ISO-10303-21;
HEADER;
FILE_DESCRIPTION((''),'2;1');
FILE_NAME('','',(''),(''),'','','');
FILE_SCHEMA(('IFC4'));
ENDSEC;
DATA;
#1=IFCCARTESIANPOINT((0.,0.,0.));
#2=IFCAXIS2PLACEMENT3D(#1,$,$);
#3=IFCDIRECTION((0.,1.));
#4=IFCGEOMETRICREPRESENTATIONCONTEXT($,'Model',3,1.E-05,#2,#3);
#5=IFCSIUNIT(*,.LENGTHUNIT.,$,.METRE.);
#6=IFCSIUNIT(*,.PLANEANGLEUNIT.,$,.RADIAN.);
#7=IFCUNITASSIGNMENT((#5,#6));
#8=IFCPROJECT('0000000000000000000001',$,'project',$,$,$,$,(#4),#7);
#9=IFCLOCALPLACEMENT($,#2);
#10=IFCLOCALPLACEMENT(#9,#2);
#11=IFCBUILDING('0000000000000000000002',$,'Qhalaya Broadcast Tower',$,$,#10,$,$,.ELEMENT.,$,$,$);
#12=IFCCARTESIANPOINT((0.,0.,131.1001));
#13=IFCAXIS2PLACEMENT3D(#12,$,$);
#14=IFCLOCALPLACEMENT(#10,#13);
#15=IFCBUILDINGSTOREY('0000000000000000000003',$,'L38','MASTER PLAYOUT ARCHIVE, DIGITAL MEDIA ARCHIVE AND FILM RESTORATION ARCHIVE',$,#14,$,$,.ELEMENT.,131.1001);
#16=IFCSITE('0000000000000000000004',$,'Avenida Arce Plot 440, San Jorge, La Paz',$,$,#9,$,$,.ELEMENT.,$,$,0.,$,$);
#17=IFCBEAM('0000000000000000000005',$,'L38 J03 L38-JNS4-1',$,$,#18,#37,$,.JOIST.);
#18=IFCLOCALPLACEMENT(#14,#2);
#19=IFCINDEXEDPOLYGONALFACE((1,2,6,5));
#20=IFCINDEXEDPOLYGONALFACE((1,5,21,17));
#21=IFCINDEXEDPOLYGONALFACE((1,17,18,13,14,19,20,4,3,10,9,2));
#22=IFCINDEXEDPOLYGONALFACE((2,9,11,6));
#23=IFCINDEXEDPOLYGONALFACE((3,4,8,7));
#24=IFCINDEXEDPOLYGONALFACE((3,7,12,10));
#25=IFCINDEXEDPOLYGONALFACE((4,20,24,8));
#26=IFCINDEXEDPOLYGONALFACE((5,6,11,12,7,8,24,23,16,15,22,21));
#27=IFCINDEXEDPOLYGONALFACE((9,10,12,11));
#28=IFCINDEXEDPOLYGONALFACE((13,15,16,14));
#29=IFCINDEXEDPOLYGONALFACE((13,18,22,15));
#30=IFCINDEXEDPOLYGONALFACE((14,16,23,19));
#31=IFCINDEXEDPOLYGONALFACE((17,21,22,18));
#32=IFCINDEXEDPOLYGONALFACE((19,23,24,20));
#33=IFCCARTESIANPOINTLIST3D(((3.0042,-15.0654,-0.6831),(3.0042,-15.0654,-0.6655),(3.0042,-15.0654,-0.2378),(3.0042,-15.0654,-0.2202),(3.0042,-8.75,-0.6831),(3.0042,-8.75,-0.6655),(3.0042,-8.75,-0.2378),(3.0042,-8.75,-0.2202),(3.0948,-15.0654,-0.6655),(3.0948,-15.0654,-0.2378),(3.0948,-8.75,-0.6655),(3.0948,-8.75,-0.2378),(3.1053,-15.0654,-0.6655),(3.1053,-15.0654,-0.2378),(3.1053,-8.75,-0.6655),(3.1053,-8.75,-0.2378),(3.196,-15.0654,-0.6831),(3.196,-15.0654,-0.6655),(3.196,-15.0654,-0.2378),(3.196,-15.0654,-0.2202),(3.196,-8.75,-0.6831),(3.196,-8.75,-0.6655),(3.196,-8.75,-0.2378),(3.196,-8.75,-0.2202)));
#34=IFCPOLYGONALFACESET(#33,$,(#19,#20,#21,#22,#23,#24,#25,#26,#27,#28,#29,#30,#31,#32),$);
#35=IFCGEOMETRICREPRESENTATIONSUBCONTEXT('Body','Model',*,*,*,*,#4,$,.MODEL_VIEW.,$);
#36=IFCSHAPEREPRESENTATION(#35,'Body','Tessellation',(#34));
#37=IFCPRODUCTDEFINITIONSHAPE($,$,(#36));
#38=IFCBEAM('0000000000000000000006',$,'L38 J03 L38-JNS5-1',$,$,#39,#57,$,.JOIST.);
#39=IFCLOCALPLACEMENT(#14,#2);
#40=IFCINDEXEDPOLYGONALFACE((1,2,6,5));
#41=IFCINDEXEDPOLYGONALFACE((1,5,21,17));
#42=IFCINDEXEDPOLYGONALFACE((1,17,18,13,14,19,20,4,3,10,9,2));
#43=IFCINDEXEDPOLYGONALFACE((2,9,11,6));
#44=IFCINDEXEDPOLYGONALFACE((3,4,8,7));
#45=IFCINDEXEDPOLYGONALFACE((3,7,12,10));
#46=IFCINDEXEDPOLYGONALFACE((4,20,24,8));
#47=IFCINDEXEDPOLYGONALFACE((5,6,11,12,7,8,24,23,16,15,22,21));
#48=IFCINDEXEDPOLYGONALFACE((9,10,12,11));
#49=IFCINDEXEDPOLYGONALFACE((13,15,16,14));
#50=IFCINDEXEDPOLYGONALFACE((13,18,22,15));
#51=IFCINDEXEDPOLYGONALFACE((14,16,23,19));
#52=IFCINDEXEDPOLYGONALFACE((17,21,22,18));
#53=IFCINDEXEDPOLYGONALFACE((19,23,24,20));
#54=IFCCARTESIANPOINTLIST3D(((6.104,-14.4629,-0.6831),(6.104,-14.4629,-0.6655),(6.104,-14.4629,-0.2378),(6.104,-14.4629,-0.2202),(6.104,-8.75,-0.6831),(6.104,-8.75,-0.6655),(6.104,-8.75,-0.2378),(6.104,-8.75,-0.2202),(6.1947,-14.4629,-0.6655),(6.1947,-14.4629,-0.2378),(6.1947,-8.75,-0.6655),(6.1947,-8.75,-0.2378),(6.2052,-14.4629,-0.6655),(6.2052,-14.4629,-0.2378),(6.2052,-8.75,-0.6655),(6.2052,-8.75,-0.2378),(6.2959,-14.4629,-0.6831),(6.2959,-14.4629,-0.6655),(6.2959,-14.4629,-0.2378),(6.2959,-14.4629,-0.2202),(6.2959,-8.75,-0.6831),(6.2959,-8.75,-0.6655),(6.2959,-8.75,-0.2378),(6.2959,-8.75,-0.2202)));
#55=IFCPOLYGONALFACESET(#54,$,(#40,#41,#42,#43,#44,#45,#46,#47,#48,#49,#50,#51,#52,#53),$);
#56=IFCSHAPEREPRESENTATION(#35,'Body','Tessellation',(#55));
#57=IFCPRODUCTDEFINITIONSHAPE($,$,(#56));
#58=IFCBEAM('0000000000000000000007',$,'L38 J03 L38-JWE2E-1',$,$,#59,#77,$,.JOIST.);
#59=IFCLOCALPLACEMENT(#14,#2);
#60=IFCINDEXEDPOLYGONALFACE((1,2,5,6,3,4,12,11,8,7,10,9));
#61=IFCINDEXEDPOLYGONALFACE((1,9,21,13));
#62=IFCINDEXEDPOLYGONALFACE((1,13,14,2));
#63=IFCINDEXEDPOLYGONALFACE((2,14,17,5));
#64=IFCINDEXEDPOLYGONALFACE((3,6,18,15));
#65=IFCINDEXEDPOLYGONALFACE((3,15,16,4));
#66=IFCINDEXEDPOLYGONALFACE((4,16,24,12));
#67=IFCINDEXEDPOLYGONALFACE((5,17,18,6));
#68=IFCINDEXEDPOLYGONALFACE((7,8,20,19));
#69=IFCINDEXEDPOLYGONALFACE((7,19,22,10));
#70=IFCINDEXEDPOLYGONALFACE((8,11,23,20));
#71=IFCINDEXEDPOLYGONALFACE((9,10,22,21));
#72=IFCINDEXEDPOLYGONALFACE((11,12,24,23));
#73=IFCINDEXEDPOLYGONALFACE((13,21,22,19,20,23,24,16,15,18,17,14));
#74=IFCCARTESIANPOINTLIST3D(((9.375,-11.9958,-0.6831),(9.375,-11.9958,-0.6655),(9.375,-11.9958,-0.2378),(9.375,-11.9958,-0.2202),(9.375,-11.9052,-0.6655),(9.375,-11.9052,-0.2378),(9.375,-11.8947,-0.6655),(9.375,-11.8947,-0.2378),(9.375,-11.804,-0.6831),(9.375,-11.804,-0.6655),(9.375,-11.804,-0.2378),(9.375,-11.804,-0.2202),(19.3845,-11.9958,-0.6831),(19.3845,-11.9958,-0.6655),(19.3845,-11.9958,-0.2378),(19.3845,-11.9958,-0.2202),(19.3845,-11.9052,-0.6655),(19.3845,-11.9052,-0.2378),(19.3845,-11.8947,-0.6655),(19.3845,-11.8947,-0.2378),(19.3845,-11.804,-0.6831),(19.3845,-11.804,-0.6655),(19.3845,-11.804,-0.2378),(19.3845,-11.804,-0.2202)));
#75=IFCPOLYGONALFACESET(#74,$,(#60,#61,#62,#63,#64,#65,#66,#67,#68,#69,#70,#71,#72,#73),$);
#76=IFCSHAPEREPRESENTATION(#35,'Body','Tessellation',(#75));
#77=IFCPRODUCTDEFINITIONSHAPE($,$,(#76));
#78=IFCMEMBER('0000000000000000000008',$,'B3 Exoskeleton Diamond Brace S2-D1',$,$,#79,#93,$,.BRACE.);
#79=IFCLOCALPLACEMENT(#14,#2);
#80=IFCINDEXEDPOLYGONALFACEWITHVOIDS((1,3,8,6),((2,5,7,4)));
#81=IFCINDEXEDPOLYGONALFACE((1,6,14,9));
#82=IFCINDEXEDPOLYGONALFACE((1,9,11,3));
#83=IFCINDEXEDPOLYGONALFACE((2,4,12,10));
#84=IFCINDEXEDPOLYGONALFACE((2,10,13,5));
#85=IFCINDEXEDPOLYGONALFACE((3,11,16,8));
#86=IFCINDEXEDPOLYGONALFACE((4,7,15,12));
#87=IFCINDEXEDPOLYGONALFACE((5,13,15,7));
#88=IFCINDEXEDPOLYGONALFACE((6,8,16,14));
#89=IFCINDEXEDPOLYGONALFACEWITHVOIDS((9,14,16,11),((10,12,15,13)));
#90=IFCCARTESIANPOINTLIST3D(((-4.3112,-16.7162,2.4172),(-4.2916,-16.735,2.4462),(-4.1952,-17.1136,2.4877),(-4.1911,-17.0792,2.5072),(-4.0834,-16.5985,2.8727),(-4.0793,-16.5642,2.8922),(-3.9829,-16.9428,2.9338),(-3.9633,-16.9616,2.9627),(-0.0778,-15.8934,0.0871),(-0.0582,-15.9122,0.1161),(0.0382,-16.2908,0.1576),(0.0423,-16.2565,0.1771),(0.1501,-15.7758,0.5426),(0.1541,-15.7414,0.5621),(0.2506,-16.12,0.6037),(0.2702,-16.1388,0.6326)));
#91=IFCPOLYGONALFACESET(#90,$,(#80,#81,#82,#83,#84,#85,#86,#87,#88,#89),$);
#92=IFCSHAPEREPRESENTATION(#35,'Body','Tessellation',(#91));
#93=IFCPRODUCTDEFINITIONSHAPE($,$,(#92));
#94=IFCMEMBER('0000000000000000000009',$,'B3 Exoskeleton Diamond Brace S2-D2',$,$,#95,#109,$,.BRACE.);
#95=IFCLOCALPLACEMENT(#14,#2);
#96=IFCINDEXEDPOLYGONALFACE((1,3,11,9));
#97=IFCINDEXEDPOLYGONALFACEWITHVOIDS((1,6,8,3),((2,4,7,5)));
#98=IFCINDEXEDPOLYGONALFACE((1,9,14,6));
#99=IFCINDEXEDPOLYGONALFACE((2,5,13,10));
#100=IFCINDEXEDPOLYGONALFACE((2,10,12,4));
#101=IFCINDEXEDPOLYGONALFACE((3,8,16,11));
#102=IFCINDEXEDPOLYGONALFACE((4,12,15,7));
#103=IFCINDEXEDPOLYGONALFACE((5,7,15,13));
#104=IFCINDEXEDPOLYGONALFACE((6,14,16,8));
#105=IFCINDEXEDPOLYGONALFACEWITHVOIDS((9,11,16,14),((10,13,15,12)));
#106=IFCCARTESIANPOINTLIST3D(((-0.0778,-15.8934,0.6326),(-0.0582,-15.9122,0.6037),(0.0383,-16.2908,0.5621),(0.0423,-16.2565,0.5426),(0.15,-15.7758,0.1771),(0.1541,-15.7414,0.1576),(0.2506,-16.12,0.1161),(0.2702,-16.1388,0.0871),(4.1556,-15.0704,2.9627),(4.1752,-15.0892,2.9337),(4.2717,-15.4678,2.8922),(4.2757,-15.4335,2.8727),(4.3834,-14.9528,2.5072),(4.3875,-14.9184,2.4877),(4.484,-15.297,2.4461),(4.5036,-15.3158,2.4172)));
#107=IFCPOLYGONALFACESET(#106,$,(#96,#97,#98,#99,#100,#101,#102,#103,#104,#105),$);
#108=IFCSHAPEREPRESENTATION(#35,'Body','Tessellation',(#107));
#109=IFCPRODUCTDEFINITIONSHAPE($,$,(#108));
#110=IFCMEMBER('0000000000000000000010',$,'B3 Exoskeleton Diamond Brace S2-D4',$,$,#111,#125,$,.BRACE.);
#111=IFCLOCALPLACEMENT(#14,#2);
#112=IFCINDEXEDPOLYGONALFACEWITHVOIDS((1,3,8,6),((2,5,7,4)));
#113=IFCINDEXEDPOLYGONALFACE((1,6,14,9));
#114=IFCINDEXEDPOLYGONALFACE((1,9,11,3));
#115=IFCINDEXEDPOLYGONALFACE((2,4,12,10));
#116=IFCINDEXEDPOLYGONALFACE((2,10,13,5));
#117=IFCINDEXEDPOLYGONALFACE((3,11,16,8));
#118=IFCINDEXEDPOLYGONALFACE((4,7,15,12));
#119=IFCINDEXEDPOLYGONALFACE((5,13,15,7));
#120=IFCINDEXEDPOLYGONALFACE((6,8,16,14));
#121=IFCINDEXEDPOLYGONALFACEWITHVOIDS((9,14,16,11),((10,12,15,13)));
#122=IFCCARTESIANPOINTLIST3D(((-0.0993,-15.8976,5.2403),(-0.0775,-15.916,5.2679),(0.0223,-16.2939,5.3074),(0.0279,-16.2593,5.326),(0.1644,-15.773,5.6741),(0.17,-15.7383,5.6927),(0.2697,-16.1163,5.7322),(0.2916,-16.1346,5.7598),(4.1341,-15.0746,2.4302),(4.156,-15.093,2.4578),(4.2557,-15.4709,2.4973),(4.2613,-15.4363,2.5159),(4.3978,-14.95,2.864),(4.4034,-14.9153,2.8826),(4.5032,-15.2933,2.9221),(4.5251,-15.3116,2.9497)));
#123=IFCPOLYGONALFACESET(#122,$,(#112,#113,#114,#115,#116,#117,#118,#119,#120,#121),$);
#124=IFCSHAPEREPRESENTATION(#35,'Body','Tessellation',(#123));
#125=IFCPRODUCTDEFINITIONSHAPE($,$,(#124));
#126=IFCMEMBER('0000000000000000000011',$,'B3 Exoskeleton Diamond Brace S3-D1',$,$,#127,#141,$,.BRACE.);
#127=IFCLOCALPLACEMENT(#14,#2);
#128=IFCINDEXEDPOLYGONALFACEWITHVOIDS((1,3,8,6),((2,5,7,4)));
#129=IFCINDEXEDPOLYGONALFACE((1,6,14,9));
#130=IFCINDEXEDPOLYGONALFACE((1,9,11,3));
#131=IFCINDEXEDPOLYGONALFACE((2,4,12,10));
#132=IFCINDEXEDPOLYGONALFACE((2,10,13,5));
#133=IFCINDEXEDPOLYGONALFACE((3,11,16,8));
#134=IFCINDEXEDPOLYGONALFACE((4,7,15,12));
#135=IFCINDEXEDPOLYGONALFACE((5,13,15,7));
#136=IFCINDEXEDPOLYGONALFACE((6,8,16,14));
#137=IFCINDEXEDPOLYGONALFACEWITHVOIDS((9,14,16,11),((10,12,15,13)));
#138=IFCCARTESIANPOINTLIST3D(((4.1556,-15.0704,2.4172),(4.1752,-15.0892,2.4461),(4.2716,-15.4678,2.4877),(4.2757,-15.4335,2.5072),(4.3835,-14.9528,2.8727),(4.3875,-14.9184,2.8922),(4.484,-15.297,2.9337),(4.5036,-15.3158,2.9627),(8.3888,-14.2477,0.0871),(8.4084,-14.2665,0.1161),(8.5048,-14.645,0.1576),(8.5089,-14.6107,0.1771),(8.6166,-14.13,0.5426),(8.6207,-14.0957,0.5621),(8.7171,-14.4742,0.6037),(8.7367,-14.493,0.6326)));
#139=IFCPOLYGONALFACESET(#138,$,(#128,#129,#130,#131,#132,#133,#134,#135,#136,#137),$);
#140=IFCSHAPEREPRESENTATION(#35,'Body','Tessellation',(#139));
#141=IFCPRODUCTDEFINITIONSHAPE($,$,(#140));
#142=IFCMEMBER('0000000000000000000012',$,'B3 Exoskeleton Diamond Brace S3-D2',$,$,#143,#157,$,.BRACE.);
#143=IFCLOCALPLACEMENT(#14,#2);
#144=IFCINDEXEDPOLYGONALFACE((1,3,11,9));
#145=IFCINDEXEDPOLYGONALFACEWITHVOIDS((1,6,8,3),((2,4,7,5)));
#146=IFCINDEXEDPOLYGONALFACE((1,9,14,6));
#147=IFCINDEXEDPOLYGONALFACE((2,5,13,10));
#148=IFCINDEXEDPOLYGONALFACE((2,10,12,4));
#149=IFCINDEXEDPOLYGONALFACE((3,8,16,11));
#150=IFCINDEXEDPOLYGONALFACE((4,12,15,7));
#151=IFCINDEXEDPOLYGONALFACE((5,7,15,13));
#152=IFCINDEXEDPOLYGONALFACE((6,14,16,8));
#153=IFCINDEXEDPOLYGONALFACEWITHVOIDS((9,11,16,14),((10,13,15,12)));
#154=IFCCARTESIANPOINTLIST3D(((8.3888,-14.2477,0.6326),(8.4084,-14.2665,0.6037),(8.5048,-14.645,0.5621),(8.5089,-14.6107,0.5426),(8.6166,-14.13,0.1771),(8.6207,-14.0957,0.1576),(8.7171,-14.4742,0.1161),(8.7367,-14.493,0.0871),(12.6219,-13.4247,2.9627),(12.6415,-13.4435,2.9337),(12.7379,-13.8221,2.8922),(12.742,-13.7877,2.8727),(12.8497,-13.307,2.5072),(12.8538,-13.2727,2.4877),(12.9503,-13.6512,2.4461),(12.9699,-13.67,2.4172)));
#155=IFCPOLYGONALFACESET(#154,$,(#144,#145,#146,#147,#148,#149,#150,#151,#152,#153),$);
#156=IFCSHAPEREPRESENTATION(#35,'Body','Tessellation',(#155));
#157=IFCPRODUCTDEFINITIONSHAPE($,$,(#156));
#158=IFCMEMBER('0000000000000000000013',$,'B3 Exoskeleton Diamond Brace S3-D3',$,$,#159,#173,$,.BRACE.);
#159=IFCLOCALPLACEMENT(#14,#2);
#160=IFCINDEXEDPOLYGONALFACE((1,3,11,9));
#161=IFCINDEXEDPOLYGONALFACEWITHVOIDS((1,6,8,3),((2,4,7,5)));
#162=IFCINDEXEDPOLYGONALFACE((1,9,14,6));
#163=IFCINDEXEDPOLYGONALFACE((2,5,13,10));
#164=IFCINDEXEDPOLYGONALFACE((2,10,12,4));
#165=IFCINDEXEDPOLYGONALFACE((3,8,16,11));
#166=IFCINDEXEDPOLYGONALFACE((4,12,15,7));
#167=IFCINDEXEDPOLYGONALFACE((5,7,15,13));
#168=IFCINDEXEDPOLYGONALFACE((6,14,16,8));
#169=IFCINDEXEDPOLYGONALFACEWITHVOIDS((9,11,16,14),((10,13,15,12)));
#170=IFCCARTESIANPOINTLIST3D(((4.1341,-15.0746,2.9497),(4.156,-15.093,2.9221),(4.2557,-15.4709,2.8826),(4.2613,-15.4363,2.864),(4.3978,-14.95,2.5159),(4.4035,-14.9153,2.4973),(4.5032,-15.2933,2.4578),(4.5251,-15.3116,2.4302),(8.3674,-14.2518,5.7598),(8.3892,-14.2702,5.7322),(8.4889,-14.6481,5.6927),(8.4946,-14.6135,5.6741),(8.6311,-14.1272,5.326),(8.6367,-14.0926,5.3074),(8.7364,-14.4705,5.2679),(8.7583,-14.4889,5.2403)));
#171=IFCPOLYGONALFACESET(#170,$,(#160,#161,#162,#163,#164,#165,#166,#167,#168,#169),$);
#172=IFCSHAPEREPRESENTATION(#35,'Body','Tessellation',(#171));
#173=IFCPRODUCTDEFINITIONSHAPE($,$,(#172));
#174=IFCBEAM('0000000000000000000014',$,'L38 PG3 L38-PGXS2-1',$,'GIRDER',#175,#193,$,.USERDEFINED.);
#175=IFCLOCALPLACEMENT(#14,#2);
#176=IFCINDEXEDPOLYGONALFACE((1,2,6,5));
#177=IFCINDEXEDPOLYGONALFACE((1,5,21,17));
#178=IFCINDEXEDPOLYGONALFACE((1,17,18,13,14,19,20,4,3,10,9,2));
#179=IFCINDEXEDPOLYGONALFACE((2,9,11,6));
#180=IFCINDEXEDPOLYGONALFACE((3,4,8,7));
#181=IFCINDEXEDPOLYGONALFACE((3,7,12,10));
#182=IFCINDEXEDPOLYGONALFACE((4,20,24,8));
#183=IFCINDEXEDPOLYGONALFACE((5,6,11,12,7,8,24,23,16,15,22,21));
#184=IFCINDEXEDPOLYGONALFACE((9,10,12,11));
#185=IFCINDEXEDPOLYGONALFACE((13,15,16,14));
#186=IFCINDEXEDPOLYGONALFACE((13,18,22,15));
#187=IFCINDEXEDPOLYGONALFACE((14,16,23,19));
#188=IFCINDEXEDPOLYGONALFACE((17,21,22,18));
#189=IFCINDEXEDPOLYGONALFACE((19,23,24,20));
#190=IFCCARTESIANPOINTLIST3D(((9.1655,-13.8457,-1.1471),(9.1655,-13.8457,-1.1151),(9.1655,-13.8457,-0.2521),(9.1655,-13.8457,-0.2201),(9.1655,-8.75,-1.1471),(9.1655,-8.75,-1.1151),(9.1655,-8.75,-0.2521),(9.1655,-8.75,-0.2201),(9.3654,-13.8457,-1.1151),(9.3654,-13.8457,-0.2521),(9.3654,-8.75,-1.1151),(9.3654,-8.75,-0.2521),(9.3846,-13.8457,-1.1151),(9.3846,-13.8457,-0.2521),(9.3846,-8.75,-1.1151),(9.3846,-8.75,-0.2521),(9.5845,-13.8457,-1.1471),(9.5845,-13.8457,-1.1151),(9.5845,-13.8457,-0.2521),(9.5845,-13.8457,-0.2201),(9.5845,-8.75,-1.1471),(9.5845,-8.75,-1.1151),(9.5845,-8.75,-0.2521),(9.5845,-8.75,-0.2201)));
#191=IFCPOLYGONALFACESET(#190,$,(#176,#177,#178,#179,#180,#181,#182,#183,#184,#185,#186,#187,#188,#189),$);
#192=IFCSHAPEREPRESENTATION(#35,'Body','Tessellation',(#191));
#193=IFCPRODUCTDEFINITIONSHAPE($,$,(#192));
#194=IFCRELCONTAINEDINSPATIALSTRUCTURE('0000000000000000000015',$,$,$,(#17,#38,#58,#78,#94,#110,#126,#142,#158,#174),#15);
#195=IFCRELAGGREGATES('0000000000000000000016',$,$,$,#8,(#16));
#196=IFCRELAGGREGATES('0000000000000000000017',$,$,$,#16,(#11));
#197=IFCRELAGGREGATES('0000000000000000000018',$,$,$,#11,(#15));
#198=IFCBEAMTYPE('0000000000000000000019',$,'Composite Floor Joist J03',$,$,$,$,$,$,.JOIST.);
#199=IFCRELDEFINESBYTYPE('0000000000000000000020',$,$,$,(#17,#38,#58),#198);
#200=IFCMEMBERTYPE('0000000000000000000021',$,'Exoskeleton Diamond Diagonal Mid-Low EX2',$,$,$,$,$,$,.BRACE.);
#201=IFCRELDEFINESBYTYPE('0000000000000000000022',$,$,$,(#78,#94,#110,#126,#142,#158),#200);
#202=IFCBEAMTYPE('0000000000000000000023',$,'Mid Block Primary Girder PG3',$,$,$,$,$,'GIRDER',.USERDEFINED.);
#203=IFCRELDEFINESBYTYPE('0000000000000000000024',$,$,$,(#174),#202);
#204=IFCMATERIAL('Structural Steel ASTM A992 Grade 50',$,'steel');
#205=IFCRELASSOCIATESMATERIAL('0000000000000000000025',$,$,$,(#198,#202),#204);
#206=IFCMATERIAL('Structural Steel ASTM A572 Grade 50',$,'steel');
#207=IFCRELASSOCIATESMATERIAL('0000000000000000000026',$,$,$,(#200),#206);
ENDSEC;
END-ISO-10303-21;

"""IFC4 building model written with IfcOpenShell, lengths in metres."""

from ifc_helpers import new_model, si_unit, direction, frame, origin, origin_2d, place, context, subcontext, project, spatial, hollow_rectangle, i_section, extrude, material, material_profile, profile_set, type_object, element, save


model = new_model("IFC4")

# Units and contexts
model_context = context("Model", 3, precision=1e-05, world=origin(), true_north=direction((0.0, 1.0)))
body_context = subcontext(model_context, "Body", "Model", "MODEL_VIEW")
ifc_project = project(units=[si_unit("LENGTHUNIT", "METRE"), si_unit("PLANEANGLEUNIT", "RADIAN")], contexts=[model_context])

# Site, building, storey
site_placement = place(None, origin())
site = spatial("IfcSite", under=ifc_project, at=site_placement, Name="Avenida Arce Plot 440, San Jorge, La Paz", CompositionType="ELEMENT", RefElevation=0.0)
building_placement = place(site_placement, origin())
building = spatial("IfcBuilding", under=site, at=building_placement, Name="Qhalaya Broadcast Tower", CompositionType="ELEMENT")
storey_placement = place(building_placement, frame((0.0, 0.0, 131.1001)))
storey = spatial("IfcBuildingStorey", under=building, at=storey_placement, Name="L38", Description="MASTER PLAYOUT ARCHIVE, DIGITAL MEDIA ARCHIVE AND FILM RESTORATION ARCHIVE", CompositionType="ELEMENT", Elevation=131.1001)

# Beams
ifc_material_1 = material(Name="Structural Steel ASTM A992 Grade 50", Category="steel")
ifc_material_profile_1 = material_profile(ifc_material_1, i_section(OverallWidth=0.1919, OverallDepth=0.4629, WebThickness=0.0105, FlangeThickness=0.0176, at=origin_2d()), Name="W18X60")
ifc_profile_set_1 = profile_set([ifc_material_profile_1], Name="Structural Steel ASTM A992 Grade 50")
beam_type_1 = type_object("IfcBeamType", Name="Composite Floor Joist J03", PredefinedType="JOIST", material=ifc_profile_set_1)
beam_1_placement = place(storey_placement, frame((3.1001, -15.0654, -0.4517), z_axis=(0.0, 1.0, 0.0), x_axis=(-1.0, 0.0, 0.0)))
element("IfcBeam", 1, at=beam_1_placement, inside=storey, type_object=beam_type_1, Name="L38 J03 L38-JNS4-1", PredefinedType="JOIST", context=body_context, shape_type="SweptSolid", body=[
    extrude(i_section(OverallWidth=0.1919, OverallDepth=0.4629, WebThickness=0.0105, FlangeThickness=0.0176, at=origin_2d()), origin(), (0.0, 0.0, 1.0), 6.3154),
])
beam_2_placement = place(storey_placement, frame((6.2, -14.4629, -0.4517), z_axis=(0.0, 1.0, 0.0), x_axis=(-1.0, 0.0, 0.0)))
element("IfcBeam", 2, at=beam_2_placement, inside=storey, type_object=beam_type_1, Name="L38 J03 L38-JNS5-1", PredefinedType="JOIST", context=body_context, shape_type="SweptSolid", body=[
    extrude(i_section(OverallWidth=0.1919, OverallDepth=0.4629, WebThickness=0.0105, FlangeThickness=0.0176, at=origin_2d()), origin(), (0.0, 0.0, 1.0), 5.7129),
])
beam_3_placement = place(storey_placement, frame((9.375, -11.8999, -0.4517), z_axis=(1.0, 0.0, 0.0), x_axis=(0.0, 1.0, 0.0)))
element("IfcBeam", 3, at=beam_3_placement, inside=storey, type_object=beam_type_1, Name="L38 J03 L38-JWE2E-1", PredefinedType="JOIST", context=body_context, shape_type="SweptSolid", body=[
    extrude(i_section(OverallWidth=0.1919, OverallDepth=0.4629, WebThickness=0.0105, FlangeThickness=0.0176, at=origin_2d()), origin(), (0.0, 0.0, 1.0), 10.0095),
])

# Members
ifc_material_2 = material(Name="Structural Steel ASTM A572 Grade 50", Category="steel")
ifc_material_profile_2 = material_profile(ifc_material_2, hollow_rectangle(XDim=0.4199, YDim=0.55, WallThickness=0.0281, at=origin_2d()), Name="BOX 420x550x28")
ifc_profile_set_2 = profile_set([ifc_material_profile_2], Name="Structural Steel ASTM A572 Grade 50")
member_type = type_object("IfcMemberType", Name="Exoskeleton Diamond Diagonal Mid-Low EX2", PredefinedType="BRACE", material=ifc_profile_set_2)
for number, where, z_axis, x_axis, name in (
    (4, (0.0962, -16.0161, 0.3599), (-0.863638, -0.167847, 0.475349), (0.276309, -0.946294, 0.167873), "B3 Exoskeleton Diamond Brace S2-D1"),
    (5, (0.0962, -16.0161, 0.3599), (0.863631, 0.167895, 0.475346), (-0.276361, 0.946279, 0.167874), "B3 Exoskeleton Diamond Brace S2-D2"),
):
    element("IfcMember", number, at=place(storey_placement, frame(where, z_axis=z_axis, x_axis=x_axis)), inside=storey, type_object=member_type, Name=name, PredefinedType="BRACE", context=body_context, shape_type="SweptSolid", body=[
        extrude(hollow_rectangle(XDim=0.4199, YDim=0.55, WallThickness=0.0281, at=origin_2d()), origin(), (0.0, 0.0, 1.0), 4.9019),
    ])
member_1_placement = place(storey_placement, frame((4.3296, -15.1931, 2.6899), z_axis=(-0.822439, -0.159887, 0.545921), x_axis=(0.28958, -0.943709, 0.159867)))
element("IfcMember", 6, at=member_1_placement, inside=storey, type_object=member_type, Name="B3 Exoskeleton Diamond Brace S2-D4", PredefinedType="BRACE", context=body_context, shape_type="SweptSolid", body=[
    extrude(hollow_rectangle(XDim=0.4199, YDim=0.55, WallThickness=0.0281, at=origin_2d()), origin(), (0.0, 0.0, 1.0), 5.1475),
])
for number, where, z_axis, x_axis, name in (
    (7, (8.5627, -14.3704, 0.3599), (-0.863625, -0.167854, 0.47537), (0.276323, -0.94629, 0.167871), "B3 Exoskeleton Diamond Brace S3-D1"),
    (8, (8.5627, -14.3704, 0.3599), (0.863618, 0.167902, 0.475366), (-0.276375, 0.946275, 0.167871), "B3 Exoskeleton Diamond Brace S3-D2"),
):
    element("IfcMember", number, at=place(storey_placement, frame(where, z_axis=z_axis, x_axis=x_axis)), inside=storey, type_object=member_type, Name=name, PredefinedType="BRACE", context=body_context, shape_type="SweptSolid", body=[
        extrude(hollow_rectangle(XDim=0.4199, YDim=0.55, WallThickness=0.0281, at=origin_2d()), origin(), (0.0, 0.0, 1.0), 4.9016),
    ])
member_2_placement = place(storey_placement, frame((4.3296, -15.1931, 2.6899), z_axis=(0.82243, 0.159847, 0.545947), x_axis=(-0.289542, 0.943721, 0.159864)))
element("IfcMember", 9, at=member_2_placement, inside=storey, type_object=member_type, Name="B3 Exoskeleton Diamond Brace S3-D3", PredefinedType="BRACE", context=body_context, shape_type="SweptSolid", body=[
    extrude(hollow_rectangle(XDim=0.4199, YDim=0.55, WallThickness=0.0281, at=origin_2d()), origin(), (0.0, 0.0, 1.0), 5.1472),
])

# Beam
ifc_material_profile_3 = material_profile(ifc_material_1, i_section(OverallWidth=0.4189, OverallDepth=0.927, WebThickness=0.0193, FlangeThickness=0.032, at=origin_2d()), Name="W36X231")
ifc_profile_set_3 = profile_set([ifc_material_profile_3], Name="Structural Steel ASTM A992 Grade 50")
beam_type_2 = type_object("IfcBeamType", Name="Mid Block Primary Girder PG3", ElementType="GIRDER", PredefinedType="USERDEFINED", material=ifc_profile_set_3)
beam_4_placement = place(storey_placement, frame((9.375, -13.8457, -0.6836), z_axis=(0.0, 1.0, 0.0), x_axis=(-1.0, 0.0, 0.0)))
element("IfcBeam", 10, at=beam_4_placement, inside=storey, type_object=beam_type_2, Name="L38 PG3 L38-PGXS2-1", ObjectType="GIRDER", PredefinedType="USERDEFINED", context=body_context, shape_type="SweptSolid", body=[
    extrude(i_section(OverallWidth=0.4189, OverallDepth=0.927, WebThickness=0.0193, FlangeThickness=0.032, at=origin_2d()), origin(), (0.0, 0.0, 1.0), 5.0957),
])

save(model, "model.ifc")
